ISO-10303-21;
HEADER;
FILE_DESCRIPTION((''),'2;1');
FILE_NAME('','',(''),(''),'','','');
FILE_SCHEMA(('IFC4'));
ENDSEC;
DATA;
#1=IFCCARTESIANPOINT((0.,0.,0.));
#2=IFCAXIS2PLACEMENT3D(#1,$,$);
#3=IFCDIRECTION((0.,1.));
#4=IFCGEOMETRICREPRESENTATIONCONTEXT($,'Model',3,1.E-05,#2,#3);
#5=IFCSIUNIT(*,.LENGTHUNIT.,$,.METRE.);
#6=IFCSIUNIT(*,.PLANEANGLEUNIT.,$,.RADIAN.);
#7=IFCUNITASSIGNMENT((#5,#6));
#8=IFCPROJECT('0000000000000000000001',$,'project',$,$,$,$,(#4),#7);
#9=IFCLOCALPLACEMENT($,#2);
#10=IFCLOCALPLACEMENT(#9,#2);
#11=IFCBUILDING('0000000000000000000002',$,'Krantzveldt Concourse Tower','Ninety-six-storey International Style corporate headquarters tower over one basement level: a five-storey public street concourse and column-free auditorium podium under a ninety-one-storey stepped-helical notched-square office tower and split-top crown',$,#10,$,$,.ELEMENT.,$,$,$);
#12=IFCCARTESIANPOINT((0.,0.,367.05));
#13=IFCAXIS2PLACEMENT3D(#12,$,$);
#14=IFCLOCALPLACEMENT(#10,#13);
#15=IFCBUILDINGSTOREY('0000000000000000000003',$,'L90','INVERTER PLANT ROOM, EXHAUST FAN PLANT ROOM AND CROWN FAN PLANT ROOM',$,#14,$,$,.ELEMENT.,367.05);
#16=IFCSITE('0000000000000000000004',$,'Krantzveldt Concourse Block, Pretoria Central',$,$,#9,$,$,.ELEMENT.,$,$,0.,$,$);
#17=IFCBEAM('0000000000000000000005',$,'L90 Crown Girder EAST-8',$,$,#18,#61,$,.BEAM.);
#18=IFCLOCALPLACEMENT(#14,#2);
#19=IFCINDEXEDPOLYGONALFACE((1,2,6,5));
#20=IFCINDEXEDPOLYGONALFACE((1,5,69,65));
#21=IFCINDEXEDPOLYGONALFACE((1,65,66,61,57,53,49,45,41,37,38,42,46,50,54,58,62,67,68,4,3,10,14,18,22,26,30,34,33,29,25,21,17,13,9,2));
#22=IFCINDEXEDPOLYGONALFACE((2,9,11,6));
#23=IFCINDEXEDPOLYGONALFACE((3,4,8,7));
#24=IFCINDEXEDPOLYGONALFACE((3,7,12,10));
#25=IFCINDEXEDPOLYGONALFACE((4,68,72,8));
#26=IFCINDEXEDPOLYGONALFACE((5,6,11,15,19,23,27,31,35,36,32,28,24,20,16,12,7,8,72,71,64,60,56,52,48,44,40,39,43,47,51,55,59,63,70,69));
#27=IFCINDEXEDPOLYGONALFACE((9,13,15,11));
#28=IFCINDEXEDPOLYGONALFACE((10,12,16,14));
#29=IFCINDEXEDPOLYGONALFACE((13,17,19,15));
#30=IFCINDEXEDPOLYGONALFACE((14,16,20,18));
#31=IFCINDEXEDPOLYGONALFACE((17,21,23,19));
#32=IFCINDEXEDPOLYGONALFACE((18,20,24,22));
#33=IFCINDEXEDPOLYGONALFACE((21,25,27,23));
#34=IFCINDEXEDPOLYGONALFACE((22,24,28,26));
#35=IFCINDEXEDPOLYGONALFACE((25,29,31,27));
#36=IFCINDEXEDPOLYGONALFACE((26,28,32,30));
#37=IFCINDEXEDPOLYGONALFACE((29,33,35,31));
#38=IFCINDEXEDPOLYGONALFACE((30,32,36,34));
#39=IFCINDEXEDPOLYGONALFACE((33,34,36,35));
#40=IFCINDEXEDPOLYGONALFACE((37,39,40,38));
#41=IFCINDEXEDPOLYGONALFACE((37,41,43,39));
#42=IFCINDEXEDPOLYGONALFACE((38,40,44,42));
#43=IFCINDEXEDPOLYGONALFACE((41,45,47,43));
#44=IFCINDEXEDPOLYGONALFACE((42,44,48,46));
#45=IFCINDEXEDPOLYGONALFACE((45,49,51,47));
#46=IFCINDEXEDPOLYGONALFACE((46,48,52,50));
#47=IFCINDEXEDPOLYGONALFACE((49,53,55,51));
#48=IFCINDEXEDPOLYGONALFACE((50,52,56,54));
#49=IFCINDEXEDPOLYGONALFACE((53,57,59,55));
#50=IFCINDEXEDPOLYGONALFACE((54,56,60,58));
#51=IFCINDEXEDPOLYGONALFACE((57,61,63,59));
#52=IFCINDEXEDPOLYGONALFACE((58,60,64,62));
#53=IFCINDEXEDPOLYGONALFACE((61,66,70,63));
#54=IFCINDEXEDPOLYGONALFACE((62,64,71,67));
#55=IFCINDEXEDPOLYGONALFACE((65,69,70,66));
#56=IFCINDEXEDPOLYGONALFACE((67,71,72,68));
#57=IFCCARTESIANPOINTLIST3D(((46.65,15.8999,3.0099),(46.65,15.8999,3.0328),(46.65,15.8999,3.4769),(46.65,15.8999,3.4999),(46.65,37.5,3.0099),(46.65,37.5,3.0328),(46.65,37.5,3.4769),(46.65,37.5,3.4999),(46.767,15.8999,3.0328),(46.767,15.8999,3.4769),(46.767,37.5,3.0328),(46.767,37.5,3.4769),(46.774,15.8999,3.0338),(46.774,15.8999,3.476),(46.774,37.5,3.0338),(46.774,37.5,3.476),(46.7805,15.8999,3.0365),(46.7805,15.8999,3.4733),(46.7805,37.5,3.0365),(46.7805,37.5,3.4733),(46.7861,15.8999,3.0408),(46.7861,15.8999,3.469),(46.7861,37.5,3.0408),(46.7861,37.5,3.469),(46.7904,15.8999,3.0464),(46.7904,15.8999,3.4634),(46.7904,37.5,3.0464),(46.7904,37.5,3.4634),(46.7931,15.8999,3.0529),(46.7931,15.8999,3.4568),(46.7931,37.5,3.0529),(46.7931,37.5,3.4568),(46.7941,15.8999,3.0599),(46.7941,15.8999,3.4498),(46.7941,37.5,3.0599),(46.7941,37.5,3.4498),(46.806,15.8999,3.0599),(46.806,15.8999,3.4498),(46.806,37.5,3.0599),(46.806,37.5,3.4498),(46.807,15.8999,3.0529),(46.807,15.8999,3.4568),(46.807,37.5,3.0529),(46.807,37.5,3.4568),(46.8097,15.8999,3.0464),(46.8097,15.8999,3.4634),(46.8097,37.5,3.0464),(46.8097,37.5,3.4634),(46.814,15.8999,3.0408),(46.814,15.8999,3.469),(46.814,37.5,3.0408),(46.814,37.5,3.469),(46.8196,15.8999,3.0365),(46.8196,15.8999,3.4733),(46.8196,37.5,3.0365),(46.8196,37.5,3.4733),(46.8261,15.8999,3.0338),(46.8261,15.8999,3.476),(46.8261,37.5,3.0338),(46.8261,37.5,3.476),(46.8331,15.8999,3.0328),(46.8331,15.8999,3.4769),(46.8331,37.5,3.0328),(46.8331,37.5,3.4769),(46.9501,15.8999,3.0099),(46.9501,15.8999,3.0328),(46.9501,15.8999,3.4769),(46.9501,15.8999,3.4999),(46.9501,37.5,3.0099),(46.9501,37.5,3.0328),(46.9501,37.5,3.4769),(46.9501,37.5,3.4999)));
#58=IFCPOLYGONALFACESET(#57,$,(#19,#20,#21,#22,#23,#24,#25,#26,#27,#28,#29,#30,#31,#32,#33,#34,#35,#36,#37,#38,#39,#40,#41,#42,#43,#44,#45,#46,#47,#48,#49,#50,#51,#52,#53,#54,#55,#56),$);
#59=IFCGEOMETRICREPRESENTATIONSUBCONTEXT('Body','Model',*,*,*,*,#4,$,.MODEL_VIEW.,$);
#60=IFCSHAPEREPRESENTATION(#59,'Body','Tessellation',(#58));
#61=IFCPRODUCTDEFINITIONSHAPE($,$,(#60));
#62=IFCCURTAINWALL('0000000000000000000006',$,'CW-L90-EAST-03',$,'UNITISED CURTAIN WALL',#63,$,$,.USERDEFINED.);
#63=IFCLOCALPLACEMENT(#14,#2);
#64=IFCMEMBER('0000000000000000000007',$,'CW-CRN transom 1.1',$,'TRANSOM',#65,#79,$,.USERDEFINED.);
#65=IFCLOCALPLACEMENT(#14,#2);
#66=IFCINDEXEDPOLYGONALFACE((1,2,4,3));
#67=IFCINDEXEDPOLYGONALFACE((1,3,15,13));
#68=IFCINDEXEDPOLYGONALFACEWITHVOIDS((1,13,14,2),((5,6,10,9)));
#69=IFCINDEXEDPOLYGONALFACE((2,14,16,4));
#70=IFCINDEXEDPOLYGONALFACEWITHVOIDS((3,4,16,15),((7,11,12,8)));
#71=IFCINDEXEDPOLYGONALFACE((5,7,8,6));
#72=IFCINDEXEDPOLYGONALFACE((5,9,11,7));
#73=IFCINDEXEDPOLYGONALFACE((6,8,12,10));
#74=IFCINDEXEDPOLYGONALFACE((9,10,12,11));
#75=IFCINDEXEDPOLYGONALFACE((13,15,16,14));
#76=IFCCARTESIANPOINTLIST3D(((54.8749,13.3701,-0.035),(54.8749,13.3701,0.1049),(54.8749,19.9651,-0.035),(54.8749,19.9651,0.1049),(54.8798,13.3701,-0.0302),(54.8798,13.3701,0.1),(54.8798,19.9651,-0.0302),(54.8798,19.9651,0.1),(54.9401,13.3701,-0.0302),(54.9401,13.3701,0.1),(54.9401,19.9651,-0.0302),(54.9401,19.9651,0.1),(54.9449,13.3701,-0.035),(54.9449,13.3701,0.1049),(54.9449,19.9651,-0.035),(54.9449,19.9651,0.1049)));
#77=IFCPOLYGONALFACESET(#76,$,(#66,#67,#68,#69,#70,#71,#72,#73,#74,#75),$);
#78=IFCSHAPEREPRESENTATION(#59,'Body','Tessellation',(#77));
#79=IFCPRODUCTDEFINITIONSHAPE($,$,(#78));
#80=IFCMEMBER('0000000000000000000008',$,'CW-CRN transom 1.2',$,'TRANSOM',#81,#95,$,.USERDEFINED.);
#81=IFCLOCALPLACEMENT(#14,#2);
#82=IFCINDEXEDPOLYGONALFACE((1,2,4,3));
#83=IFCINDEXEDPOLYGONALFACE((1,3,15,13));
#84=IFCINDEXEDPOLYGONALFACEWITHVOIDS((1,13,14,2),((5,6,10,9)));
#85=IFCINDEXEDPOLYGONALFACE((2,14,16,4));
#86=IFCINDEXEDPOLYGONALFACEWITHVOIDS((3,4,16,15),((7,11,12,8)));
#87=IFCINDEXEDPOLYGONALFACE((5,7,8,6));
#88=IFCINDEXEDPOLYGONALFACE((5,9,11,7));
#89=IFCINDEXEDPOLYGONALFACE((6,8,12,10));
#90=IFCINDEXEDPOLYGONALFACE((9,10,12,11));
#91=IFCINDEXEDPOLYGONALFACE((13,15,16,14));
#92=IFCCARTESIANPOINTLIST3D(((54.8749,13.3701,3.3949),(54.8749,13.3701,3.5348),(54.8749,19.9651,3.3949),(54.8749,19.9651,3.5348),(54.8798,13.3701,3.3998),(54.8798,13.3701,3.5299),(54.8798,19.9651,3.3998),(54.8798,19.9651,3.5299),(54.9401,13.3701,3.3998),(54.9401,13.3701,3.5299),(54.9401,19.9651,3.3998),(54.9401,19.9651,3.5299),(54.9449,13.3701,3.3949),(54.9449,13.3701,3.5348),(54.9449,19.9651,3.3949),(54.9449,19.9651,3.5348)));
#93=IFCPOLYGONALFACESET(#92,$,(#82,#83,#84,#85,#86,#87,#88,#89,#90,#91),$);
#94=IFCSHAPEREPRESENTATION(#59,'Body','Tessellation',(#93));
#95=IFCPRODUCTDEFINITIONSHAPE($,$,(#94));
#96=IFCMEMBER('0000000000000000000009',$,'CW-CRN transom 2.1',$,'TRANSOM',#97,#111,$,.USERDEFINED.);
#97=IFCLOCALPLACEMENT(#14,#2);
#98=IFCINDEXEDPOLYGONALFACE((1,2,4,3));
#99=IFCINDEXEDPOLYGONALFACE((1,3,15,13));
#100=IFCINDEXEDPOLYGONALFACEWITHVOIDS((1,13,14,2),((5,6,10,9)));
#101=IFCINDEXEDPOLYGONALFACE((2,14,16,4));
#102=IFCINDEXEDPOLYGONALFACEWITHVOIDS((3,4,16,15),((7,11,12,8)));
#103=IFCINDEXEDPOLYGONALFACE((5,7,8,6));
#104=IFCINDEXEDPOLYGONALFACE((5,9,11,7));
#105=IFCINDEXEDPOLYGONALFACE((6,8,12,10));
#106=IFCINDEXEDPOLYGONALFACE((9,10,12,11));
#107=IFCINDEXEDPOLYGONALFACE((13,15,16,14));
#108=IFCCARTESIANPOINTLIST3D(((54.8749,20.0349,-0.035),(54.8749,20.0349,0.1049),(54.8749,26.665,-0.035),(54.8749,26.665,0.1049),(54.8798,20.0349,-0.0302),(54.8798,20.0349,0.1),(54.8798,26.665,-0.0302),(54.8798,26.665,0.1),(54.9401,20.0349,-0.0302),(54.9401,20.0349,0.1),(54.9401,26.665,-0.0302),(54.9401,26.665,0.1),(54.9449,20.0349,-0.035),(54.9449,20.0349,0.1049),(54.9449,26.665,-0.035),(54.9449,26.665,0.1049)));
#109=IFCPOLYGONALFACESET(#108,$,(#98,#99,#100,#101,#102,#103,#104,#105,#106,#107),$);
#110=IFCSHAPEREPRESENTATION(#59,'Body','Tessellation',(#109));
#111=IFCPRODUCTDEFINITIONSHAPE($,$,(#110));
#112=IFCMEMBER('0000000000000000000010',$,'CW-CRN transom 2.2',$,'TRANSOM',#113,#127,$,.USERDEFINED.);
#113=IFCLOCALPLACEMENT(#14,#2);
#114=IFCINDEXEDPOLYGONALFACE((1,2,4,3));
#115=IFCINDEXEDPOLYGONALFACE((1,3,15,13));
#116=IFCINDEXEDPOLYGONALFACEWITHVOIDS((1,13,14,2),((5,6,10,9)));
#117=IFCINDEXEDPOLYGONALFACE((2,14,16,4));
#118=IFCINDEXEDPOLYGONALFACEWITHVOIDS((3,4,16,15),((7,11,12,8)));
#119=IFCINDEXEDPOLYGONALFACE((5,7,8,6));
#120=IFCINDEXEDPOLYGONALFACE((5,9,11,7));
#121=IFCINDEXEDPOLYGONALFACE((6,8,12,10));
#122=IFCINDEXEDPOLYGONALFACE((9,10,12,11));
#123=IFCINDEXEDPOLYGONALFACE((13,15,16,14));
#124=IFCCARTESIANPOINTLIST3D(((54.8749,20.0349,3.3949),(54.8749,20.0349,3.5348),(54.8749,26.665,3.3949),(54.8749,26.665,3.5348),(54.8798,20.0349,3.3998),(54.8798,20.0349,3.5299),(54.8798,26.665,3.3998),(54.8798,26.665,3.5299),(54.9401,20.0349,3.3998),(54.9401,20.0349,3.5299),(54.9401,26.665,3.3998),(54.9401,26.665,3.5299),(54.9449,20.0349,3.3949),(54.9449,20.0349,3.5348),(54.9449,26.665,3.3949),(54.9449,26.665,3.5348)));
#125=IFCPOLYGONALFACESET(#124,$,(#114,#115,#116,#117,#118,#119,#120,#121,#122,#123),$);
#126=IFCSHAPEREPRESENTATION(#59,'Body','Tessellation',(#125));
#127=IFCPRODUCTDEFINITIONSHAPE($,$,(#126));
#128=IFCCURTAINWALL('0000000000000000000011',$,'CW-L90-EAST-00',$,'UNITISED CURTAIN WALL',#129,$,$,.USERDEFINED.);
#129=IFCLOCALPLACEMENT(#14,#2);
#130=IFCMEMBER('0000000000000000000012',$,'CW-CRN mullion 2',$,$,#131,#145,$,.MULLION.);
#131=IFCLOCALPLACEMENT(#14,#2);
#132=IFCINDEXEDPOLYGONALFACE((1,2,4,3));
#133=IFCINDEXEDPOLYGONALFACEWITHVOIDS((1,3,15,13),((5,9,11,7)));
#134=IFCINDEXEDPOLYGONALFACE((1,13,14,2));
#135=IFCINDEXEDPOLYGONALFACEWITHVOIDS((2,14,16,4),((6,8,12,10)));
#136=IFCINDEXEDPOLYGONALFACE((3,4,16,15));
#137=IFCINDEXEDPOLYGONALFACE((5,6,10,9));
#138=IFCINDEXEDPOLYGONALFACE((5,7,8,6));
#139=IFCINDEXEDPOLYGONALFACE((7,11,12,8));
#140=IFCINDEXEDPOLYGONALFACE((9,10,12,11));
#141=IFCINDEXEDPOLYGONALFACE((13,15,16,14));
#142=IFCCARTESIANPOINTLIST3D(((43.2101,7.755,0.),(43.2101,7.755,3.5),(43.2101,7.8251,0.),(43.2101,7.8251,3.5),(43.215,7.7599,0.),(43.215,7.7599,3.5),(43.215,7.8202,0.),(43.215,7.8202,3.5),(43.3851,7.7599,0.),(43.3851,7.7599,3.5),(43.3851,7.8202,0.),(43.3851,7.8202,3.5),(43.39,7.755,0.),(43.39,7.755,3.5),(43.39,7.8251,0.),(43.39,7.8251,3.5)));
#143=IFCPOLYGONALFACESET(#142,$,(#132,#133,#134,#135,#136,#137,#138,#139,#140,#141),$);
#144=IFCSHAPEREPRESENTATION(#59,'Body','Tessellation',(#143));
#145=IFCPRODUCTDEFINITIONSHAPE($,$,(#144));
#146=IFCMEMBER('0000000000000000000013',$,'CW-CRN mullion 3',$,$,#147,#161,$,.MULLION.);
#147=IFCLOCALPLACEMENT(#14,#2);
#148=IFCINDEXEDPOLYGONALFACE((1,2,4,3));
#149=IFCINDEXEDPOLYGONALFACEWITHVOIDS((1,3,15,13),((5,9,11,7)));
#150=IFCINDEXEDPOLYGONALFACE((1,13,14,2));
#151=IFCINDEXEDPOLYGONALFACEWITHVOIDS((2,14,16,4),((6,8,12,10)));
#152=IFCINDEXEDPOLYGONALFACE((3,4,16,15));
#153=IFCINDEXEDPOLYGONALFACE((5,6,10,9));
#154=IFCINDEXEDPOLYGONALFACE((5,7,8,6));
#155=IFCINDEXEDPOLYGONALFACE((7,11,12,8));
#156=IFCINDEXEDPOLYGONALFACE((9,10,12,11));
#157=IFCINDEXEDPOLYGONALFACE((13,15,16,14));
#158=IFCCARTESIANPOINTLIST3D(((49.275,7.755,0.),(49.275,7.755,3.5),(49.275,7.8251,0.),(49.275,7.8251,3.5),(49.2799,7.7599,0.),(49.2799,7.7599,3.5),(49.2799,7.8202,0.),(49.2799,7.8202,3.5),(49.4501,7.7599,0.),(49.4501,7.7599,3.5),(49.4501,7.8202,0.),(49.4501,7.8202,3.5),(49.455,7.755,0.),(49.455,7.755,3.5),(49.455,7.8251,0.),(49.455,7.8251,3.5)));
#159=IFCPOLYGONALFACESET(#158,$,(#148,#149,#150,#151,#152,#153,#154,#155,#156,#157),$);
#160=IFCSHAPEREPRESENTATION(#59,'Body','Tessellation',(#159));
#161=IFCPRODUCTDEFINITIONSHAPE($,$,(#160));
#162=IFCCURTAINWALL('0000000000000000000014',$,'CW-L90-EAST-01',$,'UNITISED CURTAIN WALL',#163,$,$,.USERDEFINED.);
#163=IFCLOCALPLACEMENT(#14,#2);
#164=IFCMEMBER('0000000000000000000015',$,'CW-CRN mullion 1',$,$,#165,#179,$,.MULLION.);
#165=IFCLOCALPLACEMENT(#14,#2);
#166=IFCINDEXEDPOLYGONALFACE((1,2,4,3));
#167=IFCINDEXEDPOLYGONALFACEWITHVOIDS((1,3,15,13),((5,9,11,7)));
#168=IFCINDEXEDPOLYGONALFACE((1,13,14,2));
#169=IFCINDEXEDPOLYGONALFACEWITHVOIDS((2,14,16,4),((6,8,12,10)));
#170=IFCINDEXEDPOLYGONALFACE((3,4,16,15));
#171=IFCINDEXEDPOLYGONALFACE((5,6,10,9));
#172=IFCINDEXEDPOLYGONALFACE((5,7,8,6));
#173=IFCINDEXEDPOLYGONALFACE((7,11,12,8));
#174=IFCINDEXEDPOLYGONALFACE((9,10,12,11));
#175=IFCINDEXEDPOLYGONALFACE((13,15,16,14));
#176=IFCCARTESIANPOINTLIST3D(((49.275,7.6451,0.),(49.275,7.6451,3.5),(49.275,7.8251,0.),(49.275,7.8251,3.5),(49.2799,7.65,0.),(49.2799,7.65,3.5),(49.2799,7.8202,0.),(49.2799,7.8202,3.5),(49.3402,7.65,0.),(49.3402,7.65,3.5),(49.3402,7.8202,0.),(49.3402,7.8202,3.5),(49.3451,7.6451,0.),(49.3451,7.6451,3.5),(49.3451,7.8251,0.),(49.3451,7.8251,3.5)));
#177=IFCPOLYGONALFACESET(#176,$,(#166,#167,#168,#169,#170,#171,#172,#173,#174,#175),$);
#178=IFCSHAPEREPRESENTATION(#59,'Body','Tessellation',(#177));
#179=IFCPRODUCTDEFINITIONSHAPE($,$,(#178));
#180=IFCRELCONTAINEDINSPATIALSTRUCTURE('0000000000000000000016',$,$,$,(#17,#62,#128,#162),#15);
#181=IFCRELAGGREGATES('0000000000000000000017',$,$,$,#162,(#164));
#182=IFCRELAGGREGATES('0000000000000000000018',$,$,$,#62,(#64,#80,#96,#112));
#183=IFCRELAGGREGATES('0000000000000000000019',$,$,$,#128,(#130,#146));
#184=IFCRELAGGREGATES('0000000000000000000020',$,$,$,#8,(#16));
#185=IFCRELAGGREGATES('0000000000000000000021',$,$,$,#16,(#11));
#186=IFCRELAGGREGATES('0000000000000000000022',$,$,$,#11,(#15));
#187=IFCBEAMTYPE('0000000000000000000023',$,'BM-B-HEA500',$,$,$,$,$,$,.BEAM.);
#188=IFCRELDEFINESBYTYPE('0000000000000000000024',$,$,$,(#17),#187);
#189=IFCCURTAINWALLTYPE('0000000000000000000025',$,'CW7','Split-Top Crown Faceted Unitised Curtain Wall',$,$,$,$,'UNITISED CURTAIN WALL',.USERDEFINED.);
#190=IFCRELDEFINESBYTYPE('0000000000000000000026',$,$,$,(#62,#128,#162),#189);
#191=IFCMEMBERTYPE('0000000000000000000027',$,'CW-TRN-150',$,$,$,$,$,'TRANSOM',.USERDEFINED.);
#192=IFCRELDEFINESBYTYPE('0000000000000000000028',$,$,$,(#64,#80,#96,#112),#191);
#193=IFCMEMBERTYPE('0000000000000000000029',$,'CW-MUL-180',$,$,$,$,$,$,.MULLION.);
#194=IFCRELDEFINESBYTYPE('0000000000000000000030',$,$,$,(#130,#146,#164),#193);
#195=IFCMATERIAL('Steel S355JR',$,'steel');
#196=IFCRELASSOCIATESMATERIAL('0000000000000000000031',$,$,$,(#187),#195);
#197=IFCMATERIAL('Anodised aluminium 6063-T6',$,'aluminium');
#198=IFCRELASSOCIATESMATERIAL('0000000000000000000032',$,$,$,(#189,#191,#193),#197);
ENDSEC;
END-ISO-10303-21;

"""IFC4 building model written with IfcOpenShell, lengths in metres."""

from ifc_helpers import new_model, si_unit, direction, frame, origin, origin_2d, place, context, subcontext, project, spatial, hollow_rectangle, i_section, extrude, source, transform, mapped, material, material_profile, profile_set, type_object, type_shapes, element, aggregate, save


model = new_model("IFC4")

# Units and contexts
model_context = context("Model", 3, precision=1e-05, world=origin(), true_north=direction((0.0, 1.0)))
body_context = subcontext(model_context, "Body", "Model", "MODEL_VIEW")
ifc_project = project(units=[si_unit("LENGTHUNIT", "METRE"), si_unit("PLANEANGLEUNIT", "RADIAN")], contexts=[model_context])

# Site, building, storey
site_placement = place(None, origin())
site = spatial("IfcSite", under=ifc_project, at=site_placement, Name="Krantzveldt Concourse Block, Pretoria Central", CompositionType="ELEMENT", RefElevation=0.0)
building_placement = place(site_placement, origin())
building = spatial("IfcBuilding", under=site, at=building_placement, Name="Krantzveldt Concourse Tower", Description="Ninety-six-storey International Style corporate headquarters tower over one basement level: a five-storey public street concourse and column-free auditorium podium under a ninety-one-storey stepped-helical notched-square office tower and split-top crown", CompositionType="ELEMENT")
storey_placement = place(building_placement, frame((0.0, 0.0, 367.05)))
storey = spatial("IfcBuildingStorey", under=building, at=storey_placement, Name="L90", Description="INVERTER PLANT ROOM, EXHAUST FAN PLANT ROOM AND CROWN FAN PLANT ROOM", CompositionType="ELEMENT", Elevation=367.05)

# Beam
ifc_material_1 = material(Name="Steel S355JR", Category="steel")
ifc_material_profile_1 = material_profile(ifc_material_1, i_section(OverallWidth=0.3, OverallDepth=0.49, WebThickness=0.012, FlangeThickness=0.0229, FilletRadius=0.0271, at=origin_2d()), Name="Steel S355JR", Category="steel")
ifc_profile_set_1 = profile_set([ifc_material_profile_1], Name="Steel S355JR - HEA 500")
beam_type = type_object("IfcBeamType", Name="BM-B-HEA500", PredefinedType="BEAM", material=ifc_profile_set_1)
shared_shape_1 = source(origin(), body_context, "Body", "SweptSolid", [
    extrude(i_section(OverallWidth=0.3, OverallDepth=0.49, WebThickness=0.012, FlangeThickness=0.0229, FilletRadius=0.0271, at=origin_2d()), origin(), (0.0, 0.0, 1.0), 21.6001),
])
beam_1_placement = place(storey_placement, frame((46.8, 15.8999, 3.2549), z_axis=(0.0, 1.0, 0.0), x_axis=(-1.0, 0.0, 0.0)))
element("IfcBeam", 1, at=beam_1_placement, inside=storey, type_object=beam_type, Name="L90 Crown Girder EAST-8", PredefinedType="BEAM", context=body_context, shape_type="MappedRepresentation", body=[
    mapped(shared_shape_1, transform((0.0, 0.0, 0.0), x_axis=(1.0, 0.0, 0.0), y_axis=(0.0, 1.0, 0.0), z_axis=(0.0, 0.0, 1.0), scale=1.0)),
])

# Curtain walls, members
ifc_material_2 = material(Name="Anodised aluminium 6063-T6", Category="aluminium")
curtain_wall_type = type_object("IfcCurtainWallType", Name="CW7", Description="Split-Top Crown Faceted Unitised Curtain Wall", ElementType="UNITISED CURTAIN WALL", PredefinedType="USERDEFINED", material=ifc_material_2)
curtain_wall_1_placement = place(storey_placement, origin())
curtain_wall_1 = element("IfcCurtainWall", 2, at=curtain_wall_1_placement, inside=storey, type_object=curtain_wall_type, Name="CW-L90-EAST-03", ObjectType="UNITISED CURTAIN WALL", PredefinedType="USERDEFINED")
ifc_material_profile_2 = material_profile(ifc_material_2, hollow_rectangle(XDim=0.0701, YDim=0.1399, WallThickness=0.0049, at=origin_2d()), Name="Anodised aluminium 6063-T6", Category="aluminium")
ifc_profile_set_2 = profile_set([ifc_material_profile_2], Name="Anodised aluminium 6063-T6 - ALU-TRAN 140x70x5")
member_type_1 = type_object("IfcMemberType", Name="CW-TRN-150", ElementType="TRANSOM", PredefinedType="USERDEFINED", material=ifc_profile_set_2)
shared_shape_2 = source(origin(), body_context, "Body", "SweptSolid", [
    extrude(hollow_rectangle(XDim=0.0701, YDim=0.1399, WallThickness=0.0049, at=origin_2d()), origin(), (0.0, 0.0, 1.0), 6.595),
])
member_1_placement = place(storey_placement, frame((54.9099, 13.3701, 0.0349), z_axis=(0.0, 1.0, 0.0), x_axis=(-1.0, 0.0, 0.0)))
member_1 = element("IfcMember", 3, at=member_1_placement, type_object=member_type_1, Name="CW-CRN transom 1.1", ObjectType="TRANSOM", PredefinedType="USERDEFINED", context=body_context, shape_type="MappedRepresentation", body=[
    mapped(shared_shape_2, transform((0.0, 0.0, 0.0), x_axis=(1.0, 0.0, 0.0), y_axis=(0.0, 1.0, 0.0), z_axis=(0.0, 0.0, 1.0), scale=1.0)),
])
member_2_placement = place(storey_placement, frame((54.9099, 13.3701, 3.4648), z_axis=(0.0, 1.0, 0.0), x_axis=(-1.0, 0.0, 0.0)))
member_2 = element("IfcMember", 4, at=member_2_placement, type_object=member_type_1, Name="CW-CRN transom 1.2", ObjectType="TRANSOM", PredefinedType="USERDEFINED", context=body_context, shape_type="MappedRepresentation", body=[
    mapped(shared_shape_2, transform((0.0, 0.0, 0.0), x_axis=(1.0, 0.0, 0.0), y_axis=(0.0, 1.0, 0.0), z_axis=(0.0, 0.0, 1.0), scale=1.0)),
])
shared_shape_3 = source(origin(), body_context, "Body", "SweptSolid", [
    extrude(hollow_rectangle(XDim=0.0701, YDim=0.1399, WallThickness=0.0049, at=origin_2d()), origin(), (0.0, 0.0, 1.0), 6.6301),
])
member_3_placement = place(storey_placement, frame((54.9099, 20.0349, 0.0349), z_axis=(0.0, 1.0, 0.0), x_axis=(-1.0, 0.0, 0.0)))
member_3 = element("IfcMember", 5, at=member_3_placement, type_object=member_type_1, Name="CW-CRN transom 2.1", ObjectType="TRANSOM", PredefinedType="USERDEFINED", context=body_context, shape_type="MappedRepresentation", body=[
    mapped(shared_shape_3, transform((0.0, 0.0, 0.0), x_axis=(1.0, 0.0, 0.0), y_axis=(0.0, 1.0, 0.0), z_axis=(0.0, 0.0, 1.0), scale=1.0)),
])
member_4_placement = place(storey_placement, frame((54.9099, 20.0349, 3.4648), z_axis=(0.0, 1.0, 0.0), x_axis=(-1.0, 0.0, 0.0)))
member_4 = element("IfcMember", 6, at=member_4_placement, type_object=member_type_1, Name="CW-CRN transom 2.2", ObjectType="TRANSOM", PredefinedType="USERDEFINED", context=body_context, shape_type="MappedRepresentation", body=[
    mapped(shared_shape_3, transform((0.0, 0.0, 0.0), x_axis=(1.0, 0.0, 0.0), y_axis=(0.0, 1.0, 0.0), z_axis=(0.0, 0.0, 1.0), scale=1.0)),
])
curtain_wall_2_placement = place(storey_placement, origin())
curtain_wall_2 = element("IfcCurtainWall", 7, at=curtain_wall_2_placement, inside=storey, type_object=curtain_wall_type, Name="CW-L90-EAST-00", ObjectType="UNITISED CURTAIN WALL", PredefinedType="USERDEFINED")
ifc_material_profile_3 = material_profile(ifc_material_2, hollow_rectangle(XDim=0.0701, YDim=0.1799, WallThickness=0.0049, at=origin_2d()), Name="Anodised aluminium 6063-T6", Category="aluminium")
ifc_profile_set_3 = profile_set([ifc_material_profile_3], Name="Anodised aluminium 6063-T6 - ALU-MULL 180x70x5")
member_type_2 = type_object("IfcMemberType", Name="CW-MUL-180", PredefinedType="MULLION", material=ifc_profile_set_3)
shared_shape_4 = source(origin(), body_context, "Body", "SweptSolid", [
    extrude(hollow_rectangle(XDim=0.0701, YDim=0.1799, WallThickness=0.0049, at=origin_2d()), origin(), (0.0, 0.0, 1.0), 3.5),
])
type_shapes(member_type_2, [shared_shape_4])
member_5_placement = place(storey_placement, frame((43.3, 7.79, 0.0), z_axis=(0.0, 0.0, 1.0), x_axis=(0.0, 1.0, 0.0)))
member_5 = element("IfcMember", 8, at=member_5_placement, type_object=member_type_2, Name="CW-CRN mullion 2", PredefinedType="MULLION", context=body_context, shape_type="MappedRepresentation", body=[
    mapped(shared_shape_4, transform((0.0, 0.0, 0.0), x_axis=(1.0, 0.0, 0.0), y_axis=(0.0, 1.0, 0.0), z_axis=(0.0, 0.0, 1.0), scale=1.0)),
])
member_6_placement = place(storey_placement, frame((49.365, 7.79, 0.0), z_axis=(0.0, 0.0, 1.0), x_axis=(0.0, 1.0, 0.0)))
member_6 = element("IfcMember", 9, at=member_6_placement, type_object=member_type_2, Name="CW-CRN mullion 3", PredefinedType="MULLION", context=body_context, shape_type="MappedRepresentation", body=[
    mapped(shared_shape_4, transform((0.0, 0.0, 0.0), x_axis=(1.0, 0.0, 0.0), y_axis=(0.0, 1.0, 0.0), z_axis=(0.0, 0.0, 1.0), scale=1.0)),
])
curtain_wall_3_placement = place(storey_placement, origin())
curtain_wall_3 = element("IfcCurtainWall", 10, at=curtain_wall_3_placement, inside=storey, type_object=curtain_wall_type, Name="CW-L90-EAST-01", ObjectType="UNITISED CURTAIN WALL", PredefinedType="USERDEFINED")
member_7_placement = place(storey_placement, frame((49.3101, 7.7351, 0.0), z_axis=(0.0, 0.0, 1.0), x_axis=(-1.0, 0.0, 0.0)))
member_7 = element("IfcMember", 11, at=member_7_placement, type_object=member_type_2, Name="CW-CRN mullion 1", PredefinedType="MULLION", context=body_context, shape_type="MappedRepresentation", body=[
    mapped(shared_shape_4, transform((0.0, 0.0, 0.0), x_axis=(1.0, 0.0, 0.0), y_axis=(0.0, 1.0, 0.0), z_axis=(0.0, 0.0, 1.0), scale=1.0)),
])

aggregate(curtain_wall_3, [member_7])
aggregate(curtain_wall_1, [member_1, member_2, member_3, member_4])
aggregate(curtain_wall_2, [member_5, member_6])

save(model, "model.ifc")
